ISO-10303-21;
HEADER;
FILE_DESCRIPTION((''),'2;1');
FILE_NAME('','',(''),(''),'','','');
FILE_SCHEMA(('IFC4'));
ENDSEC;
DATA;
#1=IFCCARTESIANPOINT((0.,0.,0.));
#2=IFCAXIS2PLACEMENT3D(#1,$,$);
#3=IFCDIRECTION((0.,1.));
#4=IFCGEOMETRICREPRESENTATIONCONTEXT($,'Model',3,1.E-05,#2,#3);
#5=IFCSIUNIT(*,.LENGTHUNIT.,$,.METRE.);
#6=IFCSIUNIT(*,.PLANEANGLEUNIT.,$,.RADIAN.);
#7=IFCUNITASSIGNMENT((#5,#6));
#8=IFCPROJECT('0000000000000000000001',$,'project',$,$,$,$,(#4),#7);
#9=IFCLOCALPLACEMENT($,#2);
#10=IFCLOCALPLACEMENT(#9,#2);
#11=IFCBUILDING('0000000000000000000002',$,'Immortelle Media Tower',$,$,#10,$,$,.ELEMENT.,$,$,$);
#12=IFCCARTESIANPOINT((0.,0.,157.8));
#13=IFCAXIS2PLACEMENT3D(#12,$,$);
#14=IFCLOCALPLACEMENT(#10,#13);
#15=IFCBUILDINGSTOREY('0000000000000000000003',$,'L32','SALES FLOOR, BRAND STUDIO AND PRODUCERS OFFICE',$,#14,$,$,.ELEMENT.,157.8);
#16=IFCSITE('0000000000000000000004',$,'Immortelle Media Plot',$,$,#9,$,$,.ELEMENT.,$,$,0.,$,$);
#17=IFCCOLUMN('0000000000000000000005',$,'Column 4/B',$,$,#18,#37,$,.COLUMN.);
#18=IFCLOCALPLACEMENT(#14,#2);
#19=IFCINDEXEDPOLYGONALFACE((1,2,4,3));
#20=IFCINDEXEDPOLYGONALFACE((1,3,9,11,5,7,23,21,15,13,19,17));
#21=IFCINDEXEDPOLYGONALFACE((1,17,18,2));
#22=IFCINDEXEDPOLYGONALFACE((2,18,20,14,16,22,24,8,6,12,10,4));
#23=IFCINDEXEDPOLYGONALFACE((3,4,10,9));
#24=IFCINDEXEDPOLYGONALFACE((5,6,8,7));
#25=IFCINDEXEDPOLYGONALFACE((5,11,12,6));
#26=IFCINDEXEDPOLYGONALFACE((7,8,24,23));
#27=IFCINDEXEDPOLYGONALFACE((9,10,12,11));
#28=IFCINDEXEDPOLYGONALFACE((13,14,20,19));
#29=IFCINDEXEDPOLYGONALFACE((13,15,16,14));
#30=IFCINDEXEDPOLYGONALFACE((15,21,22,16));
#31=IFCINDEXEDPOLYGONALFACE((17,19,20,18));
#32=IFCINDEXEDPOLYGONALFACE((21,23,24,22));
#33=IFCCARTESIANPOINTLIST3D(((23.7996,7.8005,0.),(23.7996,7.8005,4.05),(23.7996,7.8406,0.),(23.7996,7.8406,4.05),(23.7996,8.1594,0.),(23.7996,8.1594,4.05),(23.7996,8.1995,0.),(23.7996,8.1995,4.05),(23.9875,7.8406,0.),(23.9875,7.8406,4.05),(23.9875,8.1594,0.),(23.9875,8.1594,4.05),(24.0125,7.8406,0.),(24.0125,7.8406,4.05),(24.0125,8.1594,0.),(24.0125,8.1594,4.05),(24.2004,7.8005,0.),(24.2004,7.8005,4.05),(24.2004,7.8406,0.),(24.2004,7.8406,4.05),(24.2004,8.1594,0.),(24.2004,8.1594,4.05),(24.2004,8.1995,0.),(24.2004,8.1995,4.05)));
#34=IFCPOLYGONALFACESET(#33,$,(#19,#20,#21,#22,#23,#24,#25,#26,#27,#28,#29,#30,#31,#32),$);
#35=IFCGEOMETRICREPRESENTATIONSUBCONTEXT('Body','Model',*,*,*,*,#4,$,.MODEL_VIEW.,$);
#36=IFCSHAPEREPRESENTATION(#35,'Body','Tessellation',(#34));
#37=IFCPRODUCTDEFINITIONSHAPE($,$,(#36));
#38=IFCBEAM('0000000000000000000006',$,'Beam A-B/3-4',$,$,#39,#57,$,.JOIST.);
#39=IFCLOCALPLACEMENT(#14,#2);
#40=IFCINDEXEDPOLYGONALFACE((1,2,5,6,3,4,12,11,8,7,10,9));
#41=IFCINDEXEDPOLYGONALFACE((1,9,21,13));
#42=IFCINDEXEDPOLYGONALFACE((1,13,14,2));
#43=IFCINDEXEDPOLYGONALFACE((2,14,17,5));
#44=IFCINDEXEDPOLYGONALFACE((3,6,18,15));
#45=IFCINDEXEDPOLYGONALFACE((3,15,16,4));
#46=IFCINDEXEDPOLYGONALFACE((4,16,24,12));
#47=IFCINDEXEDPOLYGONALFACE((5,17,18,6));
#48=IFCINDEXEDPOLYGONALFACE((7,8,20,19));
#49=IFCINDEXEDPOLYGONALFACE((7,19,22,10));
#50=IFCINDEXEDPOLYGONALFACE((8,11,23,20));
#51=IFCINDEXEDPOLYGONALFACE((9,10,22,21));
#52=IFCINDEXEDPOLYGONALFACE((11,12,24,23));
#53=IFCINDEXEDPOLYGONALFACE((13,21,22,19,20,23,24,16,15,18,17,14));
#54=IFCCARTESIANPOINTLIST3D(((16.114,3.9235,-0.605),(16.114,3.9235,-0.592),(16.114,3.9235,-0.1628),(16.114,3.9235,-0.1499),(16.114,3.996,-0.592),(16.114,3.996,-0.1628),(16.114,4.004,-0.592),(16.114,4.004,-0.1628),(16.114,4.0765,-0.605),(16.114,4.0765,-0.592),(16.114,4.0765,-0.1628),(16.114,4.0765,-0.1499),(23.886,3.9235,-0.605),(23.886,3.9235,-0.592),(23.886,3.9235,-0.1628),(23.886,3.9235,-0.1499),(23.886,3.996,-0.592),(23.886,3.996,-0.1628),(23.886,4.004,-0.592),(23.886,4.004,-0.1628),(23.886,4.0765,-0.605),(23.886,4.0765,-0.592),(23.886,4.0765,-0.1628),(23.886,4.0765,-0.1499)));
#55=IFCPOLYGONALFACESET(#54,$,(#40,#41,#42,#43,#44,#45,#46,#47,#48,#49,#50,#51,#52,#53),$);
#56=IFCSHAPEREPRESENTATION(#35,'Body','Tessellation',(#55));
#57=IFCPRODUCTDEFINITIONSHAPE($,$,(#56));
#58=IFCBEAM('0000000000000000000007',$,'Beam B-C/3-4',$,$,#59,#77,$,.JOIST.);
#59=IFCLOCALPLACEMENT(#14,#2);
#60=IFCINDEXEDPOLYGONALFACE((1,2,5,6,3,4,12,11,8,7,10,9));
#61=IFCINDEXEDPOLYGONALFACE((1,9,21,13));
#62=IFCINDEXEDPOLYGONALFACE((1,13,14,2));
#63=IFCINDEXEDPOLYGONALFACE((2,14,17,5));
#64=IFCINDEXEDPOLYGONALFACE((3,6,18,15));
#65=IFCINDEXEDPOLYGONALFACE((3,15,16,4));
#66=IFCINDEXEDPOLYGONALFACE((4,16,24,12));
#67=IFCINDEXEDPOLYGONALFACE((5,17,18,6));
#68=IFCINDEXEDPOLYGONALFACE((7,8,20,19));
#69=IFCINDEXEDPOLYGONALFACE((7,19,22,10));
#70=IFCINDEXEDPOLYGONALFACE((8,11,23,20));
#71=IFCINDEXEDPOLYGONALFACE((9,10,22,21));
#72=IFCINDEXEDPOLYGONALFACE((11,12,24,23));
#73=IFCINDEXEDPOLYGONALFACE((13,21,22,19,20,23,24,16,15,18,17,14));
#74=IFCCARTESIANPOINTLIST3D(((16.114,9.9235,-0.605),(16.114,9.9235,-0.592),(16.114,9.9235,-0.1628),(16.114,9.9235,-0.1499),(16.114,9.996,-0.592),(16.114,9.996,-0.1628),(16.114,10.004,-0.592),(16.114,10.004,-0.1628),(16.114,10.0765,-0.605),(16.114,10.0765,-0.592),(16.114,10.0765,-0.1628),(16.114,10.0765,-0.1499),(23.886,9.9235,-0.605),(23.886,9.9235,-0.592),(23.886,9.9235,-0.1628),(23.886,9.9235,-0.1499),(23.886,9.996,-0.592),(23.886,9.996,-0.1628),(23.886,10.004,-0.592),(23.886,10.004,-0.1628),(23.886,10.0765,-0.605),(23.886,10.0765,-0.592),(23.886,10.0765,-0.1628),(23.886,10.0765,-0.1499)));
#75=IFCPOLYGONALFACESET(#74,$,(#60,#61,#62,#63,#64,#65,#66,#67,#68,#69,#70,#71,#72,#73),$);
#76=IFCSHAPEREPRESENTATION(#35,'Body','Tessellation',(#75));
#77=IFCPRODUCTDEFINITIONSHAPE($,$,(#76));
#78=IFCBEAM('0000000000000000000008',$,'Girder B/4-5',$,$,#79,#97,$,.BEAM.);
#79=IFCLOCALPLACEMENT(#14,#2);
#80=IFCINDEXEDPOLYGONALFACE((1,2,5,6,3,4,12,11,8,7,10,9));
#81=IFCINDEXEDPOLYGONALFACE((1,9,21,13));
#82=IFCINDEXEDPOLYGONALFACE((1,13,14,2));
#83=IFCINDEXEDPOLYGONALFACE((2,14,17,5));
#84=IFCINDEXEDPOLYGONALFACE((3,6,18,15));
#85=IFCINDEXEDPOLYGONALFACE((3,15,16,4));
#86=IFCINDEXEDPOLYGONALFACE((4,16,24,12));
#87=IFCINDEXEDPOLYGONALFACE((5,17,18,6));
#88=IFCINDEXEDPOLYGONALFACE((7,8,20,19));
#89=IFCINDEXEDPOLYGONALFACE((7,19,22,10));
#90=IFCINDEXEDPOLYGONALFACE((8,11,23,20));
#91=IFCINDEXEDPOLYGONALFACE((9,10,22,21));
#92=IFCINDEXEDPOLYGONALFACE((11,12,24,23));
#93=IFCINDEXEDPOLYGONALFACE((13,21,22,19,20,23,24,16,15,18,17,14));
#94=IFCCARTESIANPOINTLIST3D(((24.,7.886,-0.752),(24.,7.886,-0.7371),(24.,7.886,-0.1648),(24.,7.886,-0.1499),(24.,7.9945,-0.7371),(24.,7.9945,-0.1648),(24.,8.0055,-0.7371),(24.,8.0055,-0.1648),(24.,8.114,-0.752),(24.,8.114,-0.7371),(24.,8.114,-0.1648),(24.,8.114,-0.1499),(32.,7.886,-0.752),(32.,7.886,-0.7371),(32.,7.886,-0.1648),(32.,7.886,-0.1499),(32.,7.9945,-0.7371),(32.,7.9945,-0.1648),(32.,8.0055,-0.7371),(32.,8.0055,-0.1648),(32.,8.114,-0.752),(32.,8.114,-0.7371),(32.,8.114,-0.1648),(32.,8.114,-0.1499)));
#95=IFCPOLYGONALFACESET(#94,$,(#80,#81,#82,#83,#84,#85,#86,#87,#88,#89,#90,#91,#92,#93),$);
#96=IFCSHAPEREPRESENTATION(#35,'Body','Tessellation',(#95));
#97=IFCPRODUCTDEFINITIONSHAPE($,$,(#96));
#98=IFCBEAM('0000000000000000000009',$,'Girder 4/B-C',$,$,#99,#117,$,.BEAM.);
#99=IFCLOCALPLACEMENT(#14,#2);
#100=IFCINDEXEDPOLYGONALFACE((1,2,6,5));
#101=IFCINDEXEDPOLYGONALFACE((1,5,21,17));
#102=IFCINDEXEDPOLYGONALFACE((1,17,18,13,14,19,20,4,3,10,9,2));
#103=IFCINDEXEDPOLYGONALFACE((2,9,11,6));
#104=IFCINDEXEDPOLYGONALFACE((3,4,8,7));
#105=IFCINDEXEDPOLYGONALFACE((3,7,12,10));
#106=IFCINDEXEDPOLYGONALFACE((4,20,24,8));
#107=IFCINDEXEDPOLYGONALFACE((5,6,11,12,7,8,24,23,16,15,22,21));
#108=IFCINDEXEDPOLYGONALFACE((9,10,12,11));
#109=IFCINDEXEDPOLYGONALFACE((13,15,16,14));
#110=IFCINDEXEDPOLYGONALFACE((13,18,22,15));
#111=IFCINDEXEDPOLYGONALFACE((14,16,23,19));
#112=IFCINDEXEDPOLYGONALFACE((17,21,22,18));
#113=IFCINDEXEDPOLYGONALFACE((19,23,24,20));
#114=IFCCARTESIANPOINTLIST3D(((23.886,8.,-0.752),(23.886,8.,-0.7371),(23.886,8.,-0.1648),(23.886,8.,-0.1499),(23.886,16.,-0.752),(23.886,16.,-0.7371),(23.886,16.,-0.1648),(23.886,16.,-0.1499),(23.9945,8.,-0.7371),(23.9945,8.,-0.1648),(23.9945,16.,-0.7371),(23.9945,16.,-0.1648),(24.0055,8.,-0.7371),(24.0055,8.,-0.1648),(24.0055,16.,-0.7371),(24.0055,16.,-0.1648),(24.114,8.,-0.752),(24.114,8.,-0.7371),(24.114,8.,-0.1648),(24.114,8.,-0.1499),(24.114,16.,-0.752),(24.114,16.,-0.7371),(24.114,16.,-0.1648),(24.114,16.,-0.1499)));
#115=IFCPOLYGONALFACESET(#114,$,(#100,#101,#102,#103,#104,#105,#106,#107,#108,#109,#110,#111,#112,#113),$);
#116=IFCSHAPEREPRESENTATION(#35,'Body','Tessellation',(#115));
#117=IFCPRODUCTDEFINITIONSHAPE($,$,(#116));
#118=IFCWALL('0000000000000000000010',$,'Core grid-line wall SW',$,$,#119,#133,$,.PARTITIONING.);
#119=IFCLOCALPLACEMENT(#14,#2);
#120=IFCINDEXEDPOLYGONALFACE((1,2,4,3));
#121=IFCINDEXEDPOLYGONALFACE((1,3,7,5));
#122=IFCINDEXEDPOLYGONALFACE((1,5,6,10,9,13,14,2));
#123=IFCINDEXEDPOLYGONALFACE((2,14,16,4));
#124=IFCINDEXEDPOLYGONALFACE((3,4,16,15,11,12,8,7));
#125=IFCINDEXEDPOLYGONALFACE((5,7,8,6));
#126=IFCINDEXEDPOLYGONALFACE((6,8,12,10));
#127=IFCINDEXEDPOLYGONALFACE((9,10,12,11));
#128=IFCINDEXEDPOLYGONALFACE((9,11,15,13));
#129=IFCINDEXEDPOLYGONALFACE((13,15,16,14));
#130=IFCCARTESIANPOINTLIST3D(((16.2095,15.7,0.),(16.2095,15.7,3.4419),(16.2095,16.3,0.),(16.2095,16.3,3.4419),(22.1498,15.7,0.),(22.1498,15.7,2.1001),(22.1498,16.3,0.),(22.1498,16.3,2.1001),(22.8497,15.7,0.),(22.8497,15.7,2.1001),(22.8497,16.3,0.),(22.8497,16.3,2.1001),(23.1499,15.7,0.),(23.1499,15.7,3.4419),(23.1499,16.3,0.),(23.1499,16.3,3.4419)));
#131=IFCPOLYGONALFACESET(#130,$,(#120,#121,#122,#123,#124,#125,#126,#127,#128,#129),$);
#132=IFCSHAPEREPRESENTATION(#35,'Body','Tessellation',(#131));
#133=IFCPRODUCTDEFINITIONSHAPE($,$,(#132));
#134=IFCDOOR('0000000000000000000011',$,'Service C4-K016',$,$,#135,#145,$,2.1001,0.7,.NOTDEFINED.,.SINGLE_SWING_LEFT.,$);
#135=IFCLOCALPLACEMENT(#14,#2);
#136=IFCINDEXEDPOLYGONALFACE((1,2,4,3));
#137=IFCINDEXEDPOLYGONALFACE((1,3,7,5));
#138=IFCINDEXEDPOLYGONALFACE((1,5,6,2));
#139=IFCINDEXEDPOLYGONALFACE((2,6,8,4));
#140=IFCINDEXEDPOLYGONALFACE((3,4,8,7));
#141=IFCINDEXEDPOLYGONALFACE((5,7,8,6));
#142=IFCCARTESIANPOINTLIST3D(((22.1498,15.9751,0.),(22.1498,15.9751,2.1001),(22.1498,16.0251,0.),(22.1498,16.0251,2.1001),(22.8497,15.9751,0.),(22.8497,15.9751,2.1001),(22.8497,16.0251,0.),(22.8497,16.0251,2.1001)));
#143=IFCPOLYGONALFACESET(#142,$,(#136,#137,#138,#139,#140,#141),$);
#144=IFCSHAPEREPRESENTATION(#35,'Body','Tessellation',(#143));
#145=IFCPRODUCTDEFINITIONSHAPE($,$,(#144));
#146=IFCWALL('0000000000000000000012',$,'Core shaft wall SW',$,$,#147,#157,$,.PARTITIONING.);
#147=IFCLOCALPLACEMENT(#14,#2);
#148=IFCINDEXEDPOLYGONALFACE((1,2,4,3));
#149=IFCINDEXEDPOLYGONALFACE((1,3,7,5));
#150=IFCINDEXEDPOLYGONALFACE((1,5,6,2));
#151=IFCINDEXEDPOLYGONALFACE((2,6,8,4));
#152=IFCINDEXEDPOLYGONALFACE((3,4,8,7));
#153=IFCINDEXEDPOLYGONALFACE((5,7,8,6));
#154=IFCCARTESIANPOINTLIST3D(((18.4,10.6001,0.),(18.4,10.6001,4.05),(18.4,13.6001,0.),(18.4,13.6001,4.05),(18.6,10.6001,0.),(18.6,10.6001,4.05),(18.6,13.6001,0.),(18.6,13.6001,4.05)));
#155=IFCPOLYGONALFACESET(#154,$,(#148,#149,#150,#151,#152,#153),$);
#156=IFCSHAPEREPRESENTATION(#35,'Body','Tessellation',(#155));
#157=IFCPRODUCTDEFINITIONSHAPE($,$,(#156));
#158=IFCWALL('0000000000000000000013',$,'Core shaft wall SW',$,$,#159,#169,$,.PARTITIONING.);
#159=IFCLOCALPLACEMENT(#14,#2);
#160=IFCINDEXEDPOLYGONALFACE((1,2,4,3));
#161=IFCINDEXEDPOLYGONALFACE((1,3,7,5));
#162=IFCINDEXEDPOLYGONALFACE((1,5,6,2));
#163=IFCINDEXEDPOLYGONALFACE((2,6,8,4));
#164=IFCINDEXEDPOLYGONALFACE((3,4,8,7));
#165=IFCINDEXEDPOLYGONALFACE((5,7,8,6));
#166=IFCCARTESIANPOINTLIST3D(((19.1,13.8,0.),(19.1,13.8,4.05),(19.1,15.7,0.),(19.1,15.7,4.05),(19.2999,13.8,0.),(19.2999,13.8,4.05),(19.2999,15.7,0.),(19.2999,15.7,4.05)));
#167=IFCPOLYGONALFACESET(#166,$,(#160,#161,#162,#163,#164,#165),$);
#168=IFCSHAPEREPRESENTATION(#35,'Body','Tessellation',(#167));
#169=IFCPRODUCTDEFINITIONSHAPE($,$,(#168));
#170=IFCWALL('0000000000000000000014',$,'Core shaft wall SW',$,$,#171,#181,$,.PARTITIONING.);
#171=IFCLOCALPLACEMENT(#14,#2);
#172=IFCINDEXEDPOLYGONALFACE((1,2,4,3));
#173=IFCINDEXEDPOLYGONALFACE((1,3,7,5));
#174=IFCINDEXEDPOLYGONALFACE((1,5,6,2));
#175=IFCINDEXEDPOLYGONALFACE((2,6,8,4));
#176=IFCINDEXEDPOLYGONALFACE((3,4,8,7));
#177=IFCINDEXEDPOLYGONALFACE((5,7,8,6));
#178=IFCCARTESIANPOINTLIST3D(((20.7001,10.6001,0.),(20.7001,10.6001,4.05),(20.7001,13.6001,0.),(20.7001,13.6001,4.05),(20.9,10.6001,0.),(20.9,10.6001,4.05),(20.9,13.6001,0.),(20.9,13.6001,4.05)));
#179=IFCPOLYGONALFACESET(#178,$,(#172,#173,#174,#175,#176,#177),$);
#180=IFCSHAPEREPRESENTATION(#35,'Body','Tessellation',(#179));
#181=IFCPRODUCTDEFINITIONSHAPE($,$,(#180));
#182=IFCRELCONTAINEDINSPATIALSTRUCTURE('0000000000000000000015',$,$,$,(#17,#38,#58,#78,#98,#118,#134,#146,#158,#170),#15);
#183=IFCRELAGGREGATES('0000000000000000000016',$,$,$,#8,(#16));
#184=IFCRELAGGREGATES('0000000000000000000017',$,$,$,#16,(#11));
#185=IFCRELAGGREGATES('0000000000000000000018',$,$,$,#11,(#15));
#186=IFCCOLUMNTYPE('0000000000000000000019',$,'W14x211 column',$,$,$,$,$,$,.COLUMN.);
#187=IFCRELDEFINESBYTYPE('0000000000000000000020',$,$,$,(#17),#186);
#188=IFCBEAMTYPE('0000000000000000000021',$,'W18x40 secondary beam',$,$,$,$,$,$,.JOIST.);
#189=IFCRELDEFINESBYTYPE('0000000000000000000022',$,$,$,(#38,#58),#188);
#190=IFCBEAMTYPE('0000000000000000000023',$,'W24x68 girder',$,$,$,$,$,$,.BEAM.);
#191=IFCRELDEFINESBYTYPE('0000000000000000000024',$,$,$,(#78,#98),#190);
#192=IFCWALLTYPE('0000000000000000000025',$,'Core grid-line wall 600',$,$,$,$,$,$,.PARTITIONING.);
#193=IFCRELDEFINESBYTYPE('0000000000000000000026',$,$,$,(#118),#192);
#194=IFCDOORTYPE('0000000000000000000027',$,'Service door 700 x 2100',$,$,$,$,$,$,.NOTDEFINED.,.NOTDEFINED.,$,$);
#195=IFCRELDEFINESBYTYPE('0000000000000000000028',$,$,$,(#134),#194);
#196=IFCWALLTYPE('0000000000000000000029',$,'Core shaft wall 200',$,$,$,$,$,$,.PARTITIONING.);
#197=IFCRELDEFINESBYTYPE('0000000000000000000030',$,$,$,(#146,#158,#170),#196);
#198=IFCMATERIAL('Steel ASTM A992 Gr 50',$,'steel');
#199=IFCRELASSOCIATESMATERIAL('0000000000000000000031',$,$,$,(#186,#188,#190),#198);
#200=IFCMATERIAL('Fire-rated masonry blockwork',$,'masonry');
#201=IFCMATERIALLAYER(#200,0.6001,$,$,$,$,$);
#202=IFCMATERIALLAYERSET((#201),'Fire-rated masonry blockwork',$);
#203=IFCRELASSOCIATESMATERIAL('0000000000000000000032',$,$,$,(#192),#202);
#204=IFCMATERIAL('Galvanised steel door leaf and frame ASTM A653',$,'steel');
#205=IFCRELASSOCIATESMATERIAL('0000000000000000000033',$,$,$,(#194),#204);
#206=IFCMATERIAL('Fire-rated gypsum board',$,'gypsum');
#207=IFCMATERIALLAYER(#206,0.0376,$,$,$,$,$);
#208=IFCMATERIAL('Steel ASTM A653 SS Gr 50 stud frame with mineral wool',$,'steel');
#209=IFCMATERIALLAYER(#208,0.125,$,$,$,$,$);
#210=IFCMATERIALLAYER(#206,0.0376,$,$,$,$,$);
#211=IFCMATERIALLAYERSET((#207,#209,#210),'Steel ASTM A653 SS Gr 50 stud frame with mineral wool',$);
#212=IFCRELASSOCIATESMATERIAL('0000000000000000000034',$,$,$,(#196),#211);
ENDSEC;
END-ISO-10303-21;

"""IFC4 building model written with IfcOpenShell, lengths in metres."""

from ifc_helpers import new_model, si_unit, direction, frame, frame_2d, origin, origin_2d, place, context, subcontext, project, spatial, rectangle, i_section, extrude, material, layer, layer_set, material_profile, profile_set, type_object, element, fill, save


model = new_model("IFC4")

# Units and contexts
model_context = context("Model", 3, precision=1e-05, world=origin(), true_north=direction((0.0, 1.0)))
body_context = subcontext(model_context, "Body", "Model", "MODEL_VIEW")
ifc_project = project(units=[si_unit("LENGTHUNIT", "METRE"), si_unit("PLANEANGLEUNIT", "RADIAN")], contexts=[model_context])

# Site, building, storey
site_placement = place(None, origin())
site = spatial("IfcSite", under=ifc_project, at=site_placement, Name="Immortelle Media Plot", CompositionType="ELEMENT", RefElevation=0.0)
building_placement = place(site_placement, origin())
building = spatial("IfcBuilding", under=site, at=building_placement, Name="Immortelle Media Tower", CompositionType="ELEMENT")
storey_placement = place(building_placement, frame((0.0, 0.0, 157.8)))
storey = spatial("IfcBuildingStorey", under=building, at=storey_placement, Name="L32", Description="SALES FLOOR, BRAND STUDIO AND PRODUCERS OFFICE", CompositionType="ELEMENT", Elevation=157.8)

# Column
ifc_material_1 = material(Name="Steel ASTM A992 Gr 50", Category="steel")
ifc_material_profile_1 = material_profile(ifc_material_1, i_section(OverallWidth=0.4009, OverallDepth=0.3989, WebThickness=0.0249, FlangeThickness=0.04, at=origin_2d()), Name="W14x211")
ifc_profile_set_1 = profile_set([ifc_material_profile_1], Name="Steel ASTM A992 Gr 50")
column_type = type_object("IfcColumnType", Name="W14x211 column", PredefinedType="COLUMN", material=ifc_profile_set_1)
column_placement = place(storey_placement, frame((24.0, 8.0, 0.0), z_axis=(0.0, 0.0, 1.0), x_axis=(1.0, 0.0, 0.0)))
element("IfcColumn", 1, at=column_placement, inside=storey, type_object=column_type, Name="Column 4/B", PredefinedType="COLUMN", context=body_context, shape_type="SweptSolid", body=[
    extrude(i_section(OverallWidth=0.4009, OverallDepth=0.3989, WebThickness=0.0249, FlangeThickness=0.04, at=origin_2d()), origin(), (0.0, 0.0, 1.0), 4.05),
])

# Beams
ifc_material_profile_2 = material_profile(ifc_material_1, i_section(OverallWidth=0.1531, OverallDepth=0.4551, WebThickness=0.0081, FlangeThickness=0.0129, at=origin_2d()), Name="W18x40")
ifc_profile_set_2 = profile_set([ifc_material_profile_2], Name="Steel ASTM A992 Gr 50")
beam_type_1 = type_object("IfcBeamType", Name="W18x40 secondary beam", PredefinedType="JOIST", material=ifc_profile_set_2)
for number, where, z_axis, x_axis, name in (
    (2, (16.114, 4.0, -0.3774), (1.0, 0.0, 0.0), (0.0, 1.0, 0.0), "Beam A-B/3-4"),
    (3, (16.114, 10.0, -0.3774), (1.0, 0.0, 0.0), (0.0, 1.0, 0.0), "Beam B-C/3-4"),
):
    element("IfcBeam", number, at=place(storey_placement, frame(where, z_axis=z_axis, x_axis=x_axis)), inside=storey, type_object=beam_type_1, Name=name, PredefinedType="JOIST", context=body_context, shape_type="SweptSolid", body=[
        extrude(i_section(OverallWidth=0.1531, OverallDepth=0.4551, WebThickness=0.0081, FlangeThickness=0.0129, at=origin_2d()), origin(), (0.0, 0.0, 1.0), 7.772),
    ])
ifc_material_profile_3 = material_profile(ifc_material_1, i_section(OverallWidth=0.228, OverallDepth=0.6021, WebThickness=0.011, FlangeThickness=0.0149, at=origin_2d()), Name="W24x68")
ifc_profile_set_3 = profile_set([ifc_material_profile_3], Name="Steel ASTM A992 Gr 50")
beam_type_2 = type_object("IfcBeamType", Name="W24x68 girder", PredefinedType="BEAM", material=ifc_profile_set_3)
for number, where, z_axis, x_axis, name in (
    (4, (24.0, 8.0, -0.4509), (1.0, 0.0, 0.0), (0.0, 1.0, 0.0), "Girder B/4-5"),
    (5, (24.0, 8.0, -0.4509), (0.0, 1.0, 0.0), (-1.0, 0.0, 0.0), "Girder 4/B-C"),
):
    element("IfcBeam", number, at=place(storey_placement, frame(where, z_axis=z_axis, x_axis=x_axis)), inside=storey, type_object=beam_type_2, Name=name, PredefinedType="BEAM", context=body_context, shape_type="SweptSolid", body=[
        extrude(i_section(OverallWidth=0.228, OverallDepth=0.6021, WebThickness=0.011, FlangeThickness=0.0149, at=origin_2d()), origin(), (0.0, 0.0, 1.0), 8.0),
    ])

# Wall, opening, door
ifc_material_2 = material(Name="Fire-rated masonry blockwork", Category="masonry")
ifc_layer_1 = layer(ifc_material_2, 0.6001)
ifc_layer_set_1 = layer_set([ifc_layer_1], Name="Fire-rated masonry blockwork")
wall_type_1 = type_object("IfcWallType", Name="Core grid-line wall 600", PredefinedType="PARTITIONING", material=ifc_layer_set_1)
wall_1_placement = place(storey_placement, frame((16.2095, 16.0, 0.0), z_axis=(0.0, 0.0, 1.0), x_axis=(1.0, 0.0, 0.0)))
wall_1 = element("IfcWall", 6, at=wall_1_placement, inside=storey, type_object=wall_type_1, Name="Core grid-line wall SW", PredefinedType="PARTITIONING", context=body_context, shape_type="SweptSolid", body=[
    extrude(rectangle(XDim=6.9404, YDim=0.6001, at=frame_2d((3.4702, 0.0))), origin(), (0.0, 0.0, 1.0), 3.4419),
])
opening_1_placement = place(wall_1_placement, frame((6.6404, 0.0, 0.0), z_axis=(0.0, 0.0, 1.0), x_axis=(-1.0, 0.0, 0.0)))
opening_1 = element("IfcOpeningElement", 7, at=opening_1_placement, cuts=wall_1, PredefinedType="OPENING", context=body_context, shape_type="SweptSolid", body=[
    extrude(rectangle(XDim=0.7, YDim=2.1001, at=frame_2d((0.3501, 1.05))), frame((0.0, 0.3101, 0.0), z_axis=(0.0, -1.0, 0.0), x_axis=(1.0, 0.0, 0.0)), (0.0, 0.0, 1.0), 0.6201),
])
ifc_material_3 = material(Name="Galvanised steel door leaf and frame ASTM A653", Category="steel")
door_type_1 = type_object("IfcDoorType", Name="Service door 700 x 2100", OperationType="NOTDEFINED", PredefinedType="NOTDEFINED", material=ifc_material_3)
door_1_placement = place(opening_1_placement, origin())
door_1 = element("IfcDoor", 8, at=door_1_placement, inside=storey, type_object=door_type_1, Name="Service C4-K016", OperationType="SINGLE_SWING_LEFT", OverallHeight=2.1001, OverallWidth=0.7, PredefinedType="NOTDEFINED", context=body_context, shape_type="SweptSolid", body=[
    extrude(rectangle(XDim=0.7, YDim=2.1001, at=frame_2d((0.3501, 1.05))), frame((0.0, 0.0249, 0.0), z_axis=(0.0, -1.0, 0.0), x_axis=(1.0, 0.0, 0.0)), (0.0, 0.0, 1.0), 0.05),
])
fill(opening_1, door_1)

# Walls
ifc_material_4 = material(Name="Fire-rated gypsum board", Category="gypsum")
ifc_layer_2 = layer(ifc_material_4, 0.0376)
ifc_material_5 = material(Name="Steel ASTM A653 SS Gr 50 stud frame with mineral wool", Category="steel")
ifc_layer_3 = layer(ifc_material_5, 0.125)
ifc_layer_4 = layer(ifc_material_4, 0.0376)
ifc_layer_set_2 = layer_set([ifc_layer_2, ifc_layer_3, ifc_layer_4], Name="Steel ASTM A653 SS Gr 50 stud frame with mineral wool")
wall_type_2 = type_object("IfcWallType", Name="Core shaft wall 200", PredefinedType="PARTITIONING", material=ifc_layer_set_2)
wall_2_placement = place(storey_placement, frame((18.5, 10.6001, 0.0), z_axis=(0.0, 0.0, 1.0), x_axis=(0.0, 1.0, 0.0)))
element("IfcWall", 9, at=wall_2_placement, inside=storey, type_object=wall_type_2, Name="Core shaft wall SW", PredefinedType="PARTITIONING", context=body_context, shape_type="SweptSolid", body=[
    extrude(rectangle(XDim=3.0, YDim=0.2, at=frame_2d((1.5, 0.0))), origin(), (0.0, 0.0, 1.0), 4.05),
])
wall_3_placement = place(storey_placement, frame((19.2, 13.8, 0.0), z_axis=(0.0, 0.0, 1.0), x_axis=(0.0, 1.0, 0.0)))
element("IfcWall", 10, at=wall_3_placement, inside=storey, type_object=wall_type_2, Name="Core shaft wall SW", PredefinedType="PARTITIONING", context=body_context, shape_type="SweptSolid", body=[
    extrude(rectangle(XDim=1.8999, YDim=0.2, at=frame_2d((0.95, 0.0))), origin(), (0.0, 0.0, 1.0), 4.05),
])
wall_4_placement = place(storey_placement, frame((20.8, 10.6001, 0.0), z_axis=(0.0, 0.0, 1.0), x_axis=(0.0, 1.0, 0.0)))
element("IfcWall", 11, at=wall_4_placement, inside=storey, type_object=wall_type_2, Name="Core shaft wall SW", PredefinedType="PARTITIONING", context=body_context, shape_type="SweptSolid", body=[
    extrude(rectangle(XDim=3.0, YDim=0.2, at=frame_2d((1.5, 0.0))), origin(), (0.0, 0.0, 1.0), 4.05),
])

save(model, "model.ifc")
